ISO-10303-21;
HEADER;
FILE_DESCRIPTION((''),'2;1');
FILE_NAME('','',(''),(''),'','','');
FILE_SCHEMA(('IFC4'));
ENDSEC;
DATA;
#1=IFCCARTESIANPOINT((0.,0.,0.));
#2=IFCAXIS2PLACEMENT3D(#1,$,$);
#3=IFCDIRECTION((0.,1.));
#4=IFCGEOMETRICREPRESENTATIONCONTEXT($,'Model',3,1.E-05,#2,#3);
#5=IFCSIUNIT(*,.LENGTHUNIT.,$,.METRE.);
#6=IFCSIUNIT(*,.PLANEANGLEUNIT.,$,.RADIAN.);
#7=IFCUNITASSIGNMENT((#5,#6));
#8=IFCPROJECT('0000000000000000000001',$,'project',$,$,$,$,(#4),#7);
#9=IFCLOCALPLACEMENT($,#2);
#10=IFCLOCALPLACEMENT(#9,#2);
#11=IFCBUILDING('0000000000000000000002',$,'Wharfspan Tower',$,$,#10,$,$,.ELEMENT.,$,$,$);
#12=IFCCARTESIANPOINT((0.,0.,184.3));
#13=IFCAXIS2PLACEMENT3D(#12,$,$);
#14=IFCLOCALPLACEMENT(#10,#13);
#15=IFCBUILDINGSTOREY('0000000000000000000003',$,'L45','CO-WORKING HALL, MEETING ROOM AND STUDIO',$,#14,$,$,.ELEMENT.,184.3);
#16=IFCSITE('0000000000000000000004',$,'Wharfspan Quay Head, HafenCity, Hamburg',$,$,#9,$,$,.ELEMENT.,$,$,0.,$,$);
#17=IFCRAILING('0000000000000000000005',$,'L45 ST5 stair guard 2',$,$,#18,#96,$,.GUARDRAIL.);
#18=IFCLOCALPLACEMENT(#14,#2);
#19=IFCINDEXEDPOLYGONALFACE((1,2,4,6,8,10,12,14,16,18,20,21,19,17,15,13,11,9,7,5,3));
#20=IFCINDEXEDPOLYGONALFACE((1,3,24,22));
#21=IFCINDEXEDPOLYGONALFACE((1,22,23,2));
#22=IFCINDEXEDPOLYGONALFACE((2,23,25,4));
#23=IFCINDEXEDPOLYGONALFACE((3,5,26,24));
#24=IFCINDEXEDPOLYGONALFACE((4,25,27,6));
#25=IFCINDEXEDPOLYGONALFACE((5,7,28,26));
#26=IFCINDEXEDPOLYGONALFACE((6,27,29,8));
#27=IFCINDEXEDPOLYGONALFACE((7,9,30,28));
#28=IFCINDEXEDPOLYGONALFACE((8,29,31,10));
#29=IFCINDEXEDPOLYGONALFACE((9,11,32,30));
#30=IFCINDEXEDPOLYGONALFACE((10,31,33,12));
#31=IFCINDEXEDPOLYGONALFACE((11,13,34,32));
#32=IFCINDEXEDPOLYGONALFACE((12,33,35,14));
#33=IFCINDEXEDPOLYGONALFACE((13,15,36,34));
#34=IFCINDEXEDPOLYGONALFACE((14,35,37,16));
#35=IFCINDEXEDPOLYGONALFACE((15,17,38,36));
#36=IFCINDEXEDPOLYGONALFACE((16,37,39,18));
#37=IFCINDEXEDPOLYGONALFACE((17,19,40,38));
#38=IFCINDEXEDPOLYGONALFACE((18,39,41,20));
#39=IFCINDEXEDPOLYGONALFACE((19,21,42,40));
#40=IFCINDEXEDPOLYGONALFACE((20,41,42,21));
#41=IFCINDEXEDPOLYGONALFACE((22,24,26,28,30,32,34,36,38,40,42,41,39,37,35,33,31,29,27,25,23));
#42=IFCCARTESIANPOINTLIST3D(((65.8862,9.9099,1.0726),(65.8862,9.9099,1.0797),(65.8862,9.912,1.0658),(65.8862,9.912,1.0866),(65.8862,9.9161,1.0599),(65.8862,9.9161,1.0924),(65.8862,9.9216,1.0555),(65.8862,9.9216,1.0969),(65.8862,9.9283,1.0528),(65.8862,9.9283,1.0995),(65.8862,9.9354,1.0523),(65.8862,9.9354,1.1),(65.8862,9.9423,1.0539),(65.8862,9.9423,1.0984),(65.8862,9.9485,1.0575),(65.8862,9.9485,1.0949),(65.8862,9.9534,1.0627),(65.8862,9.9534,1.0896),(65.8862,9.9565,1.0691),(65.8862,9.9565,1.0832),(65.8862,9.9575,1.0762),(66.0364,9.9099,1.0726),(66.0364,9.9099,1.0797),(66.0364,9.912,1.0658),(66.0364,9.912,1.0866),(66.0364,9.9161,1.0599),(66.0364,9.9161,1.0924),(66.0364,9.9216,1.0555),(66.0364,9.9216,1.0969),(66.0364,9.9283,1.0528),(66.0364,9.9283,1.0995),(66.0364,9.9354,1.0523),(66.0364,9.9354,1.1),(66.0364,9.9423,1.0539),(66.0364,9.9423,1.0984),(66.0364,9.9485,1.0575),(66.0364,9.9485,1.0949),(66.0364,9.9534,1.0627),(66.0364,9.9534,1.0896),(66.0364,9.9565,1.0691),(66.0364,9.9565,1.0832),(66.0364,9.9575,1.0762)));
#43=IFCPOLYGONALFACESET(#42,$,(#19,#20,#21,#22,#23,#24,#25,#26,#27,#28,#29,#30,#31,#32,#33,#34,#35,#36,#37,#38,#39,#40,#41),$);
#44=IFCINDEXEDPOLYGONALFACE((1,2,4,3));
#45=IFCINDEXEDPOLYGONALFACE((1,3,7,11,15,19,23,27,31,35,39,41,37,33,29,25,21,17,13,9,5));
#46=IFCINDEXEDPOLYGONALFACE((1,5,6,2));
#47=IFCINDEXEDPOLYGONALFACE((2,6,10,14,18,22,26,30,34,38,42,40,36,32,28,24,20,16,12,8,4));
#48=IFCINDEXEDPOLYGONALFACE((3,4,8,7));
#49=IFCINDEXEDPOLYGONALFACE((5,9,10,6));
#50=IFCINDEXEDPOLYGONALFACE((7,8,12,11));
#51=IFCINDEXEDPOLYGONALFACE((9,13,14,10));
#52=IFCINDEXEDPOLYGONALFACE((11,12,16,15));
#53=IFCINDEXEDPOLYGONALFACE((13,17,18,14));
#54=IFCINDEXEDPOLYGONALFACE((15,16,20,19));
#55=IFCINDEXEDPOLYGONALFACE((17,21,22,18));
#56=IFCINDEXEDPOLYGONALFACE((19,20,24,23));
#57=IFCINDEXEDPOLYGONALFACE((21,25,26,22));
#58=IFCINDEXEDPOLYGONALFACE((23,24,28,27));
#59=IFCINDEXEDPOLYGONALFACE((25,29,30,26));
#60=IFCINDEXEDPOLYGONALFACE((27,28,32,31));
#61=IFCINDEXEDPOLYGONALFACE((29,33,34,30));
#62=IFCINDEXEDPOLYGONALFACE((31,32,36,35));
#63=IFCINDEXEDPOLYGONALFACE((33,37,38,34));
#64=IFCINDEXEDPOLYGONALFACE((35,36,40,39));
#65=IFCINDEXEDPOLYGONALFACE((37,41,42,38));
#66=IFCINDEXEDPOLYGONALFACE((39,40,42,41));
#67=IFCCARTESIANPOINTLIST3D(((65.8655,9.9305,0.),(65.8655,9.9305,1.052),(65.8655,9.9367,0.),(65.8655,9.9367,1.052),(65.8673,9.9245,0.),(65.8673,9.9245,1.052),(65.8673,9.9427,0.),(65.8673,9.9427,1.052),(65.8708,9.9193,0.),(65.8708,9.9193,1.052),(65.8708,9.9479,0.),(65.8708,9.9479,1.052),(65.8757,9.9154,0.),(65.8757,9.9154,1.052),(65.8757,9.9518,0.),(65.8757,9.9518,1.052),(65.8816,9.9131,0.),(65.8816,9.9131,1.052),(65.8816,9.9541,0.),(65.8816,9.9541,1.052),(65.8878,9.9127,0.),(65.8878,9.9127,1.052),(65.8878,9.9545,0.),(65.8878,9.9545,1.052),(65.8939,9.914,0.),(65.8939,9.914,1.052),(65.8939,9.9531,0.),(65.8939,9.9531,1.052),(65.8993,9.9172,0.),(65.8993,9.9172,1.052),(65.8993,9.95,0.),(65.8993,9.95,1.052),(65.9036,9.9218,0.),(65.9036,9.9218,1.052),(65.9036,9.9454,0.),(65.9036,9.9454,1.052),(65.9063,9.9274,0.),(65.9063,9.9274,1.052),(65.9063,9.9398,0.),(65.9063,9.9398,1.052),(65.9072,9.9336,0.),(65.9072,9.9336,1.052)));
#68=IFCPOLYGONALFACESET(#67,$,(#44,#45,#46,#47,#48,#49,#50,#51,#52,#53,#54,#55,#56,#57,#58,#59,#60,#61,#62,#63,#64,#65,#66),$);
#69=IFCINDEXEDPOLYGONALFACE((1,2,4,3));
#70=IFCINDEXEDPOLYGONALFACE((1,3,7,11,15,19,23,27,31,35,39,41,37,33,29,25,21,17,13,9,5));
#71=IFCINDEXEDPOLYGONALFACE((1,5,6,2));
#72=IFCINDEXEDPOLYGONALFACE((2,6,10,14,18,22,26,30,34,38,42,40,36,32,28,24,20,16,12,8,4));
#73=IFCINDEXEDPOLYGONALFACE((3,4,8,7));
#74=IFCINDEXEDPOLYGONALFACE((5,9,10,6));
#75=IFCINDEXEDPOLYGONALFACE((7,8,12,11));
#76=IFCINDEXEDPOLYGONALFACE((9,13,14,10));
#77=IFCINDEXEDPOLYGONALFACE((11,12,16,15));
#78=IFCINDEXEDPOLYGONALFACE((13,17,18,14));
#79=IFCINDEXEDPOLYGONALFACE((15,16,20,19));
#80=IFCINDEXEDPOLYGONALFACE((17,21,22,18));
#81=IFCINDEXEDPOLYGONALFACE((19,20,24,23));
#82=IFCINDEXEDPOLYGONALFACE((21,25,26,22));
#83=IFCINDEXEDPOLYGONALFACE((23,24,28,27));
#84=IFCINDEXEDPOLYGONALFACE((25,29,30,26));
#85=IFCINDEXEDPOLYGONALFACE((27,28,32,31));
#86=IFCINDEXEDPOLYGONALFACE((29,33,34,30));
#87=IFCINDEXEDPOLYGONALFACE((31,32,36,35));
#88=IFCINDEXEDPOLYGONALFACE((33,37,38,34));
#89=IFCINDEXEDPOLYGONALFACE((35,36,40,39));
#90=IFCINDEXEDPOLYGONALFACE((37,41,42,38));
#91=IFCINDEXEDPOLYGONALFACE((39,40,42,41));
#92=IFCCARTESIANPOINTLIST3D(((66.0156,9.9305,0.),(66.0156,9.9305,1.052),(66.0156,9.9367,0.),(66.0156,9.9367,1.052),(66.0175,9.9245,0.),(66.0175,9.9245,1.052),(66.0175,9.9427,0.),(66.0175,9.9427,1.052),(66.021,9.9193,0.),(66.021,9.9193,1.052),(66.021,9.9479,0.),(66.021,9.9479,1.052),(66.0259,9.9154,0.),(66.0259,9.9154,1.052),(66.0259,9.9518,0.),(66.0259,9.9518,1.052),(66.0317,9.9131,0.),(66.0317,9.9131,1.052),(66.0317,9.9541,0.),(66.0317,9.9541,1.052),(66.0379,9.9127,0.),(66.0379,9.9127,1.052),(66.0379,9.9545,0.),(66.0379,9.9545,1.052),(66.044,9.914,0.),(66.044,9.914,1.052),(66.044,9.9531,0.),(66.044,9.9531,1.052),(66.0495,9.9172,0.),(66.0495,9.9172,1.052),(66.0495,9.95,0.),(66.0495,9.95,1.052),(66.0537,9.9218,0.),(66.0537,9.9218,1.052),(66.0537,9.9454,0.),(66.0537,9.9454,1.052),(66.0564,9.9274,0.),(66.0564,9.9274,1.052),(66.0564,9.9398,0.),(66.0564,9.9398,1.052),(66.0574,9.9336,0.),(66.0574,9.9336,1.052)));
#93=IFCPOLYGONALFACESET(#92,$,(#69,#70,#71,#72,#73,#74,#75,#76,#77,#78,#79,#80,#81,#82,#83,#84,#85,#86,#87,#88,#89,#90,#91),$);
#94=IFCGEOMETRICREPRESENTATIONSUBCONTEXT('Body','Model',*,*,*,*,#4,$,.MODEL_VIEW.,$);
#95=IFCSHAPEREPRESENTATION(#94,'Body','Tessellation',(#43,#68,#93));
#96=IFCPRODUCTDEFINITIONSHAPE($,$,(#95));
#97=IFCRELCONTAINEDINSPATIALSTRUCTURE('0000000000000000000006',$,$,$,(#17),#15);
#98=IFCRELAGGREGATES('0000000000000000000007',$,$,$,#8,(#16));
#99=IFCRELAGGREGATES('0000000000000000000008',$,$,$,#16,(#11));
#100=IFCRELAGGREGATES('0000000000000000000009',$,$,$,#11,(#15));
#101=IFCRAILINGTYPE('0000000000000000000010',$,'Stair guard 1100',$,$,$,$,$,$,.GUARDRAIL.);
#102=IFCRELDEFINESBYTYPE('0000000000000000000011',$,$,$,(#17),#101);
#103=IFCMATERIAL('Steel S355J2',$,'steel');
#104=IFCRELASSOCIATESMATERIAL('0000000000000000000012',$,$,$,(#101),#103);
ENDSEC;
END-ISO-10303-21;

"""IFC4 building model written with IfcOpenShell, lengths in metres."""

from ifc_helpers import new_model, si_unit, direction, frame, origin, origin_2d, place, context, subcontext, project, spatial, circle, extrude, material, type_object, element, save


model = new_model("IFC4")

# Units and contexts
model_context = context("Model", 3, precision=1e-05, world=origin(), true_north=direction((0.0, 1.0)))
body_context = subcontext(model_context, "Body", "Model", "MODEL_VIEW")
ifc_project = project(units=[si_unit("LENGTHUNIT", "METRE"), si_unit("PLANEANGLEUNIT", "RADIAN")], contexts=[model_context])

# Site, building, storey
site_placement = place(None, origin())
site = spatial("IfcSite", under=ifc_project, at=site_placement, Name="Wharfspan Quay Head, HafenCity, Hamburg", CompositionType="ELEMENT", RefElevation=0.0)
building_placement = place(site_placement, origin())
building = spatial("IfcBuilding", under=site, at=building_placement, Name="Wharfspan Tower", CompositionType="ELEMENT")
storey_placement = place(building_placement, frame((0.0, 0.0, 184.3)))
storey = spatial("IfcBuildingStorey", under=building, at=storey_placement, Name="L45", Description="CO-WORKING HALL, MEETING ROOM AND STUDIO", CompositionType="ELEMENT", Elevation=184.3)

# Shared definitions
ifc_material_1 = material(Name="Steel S355J2", Category="steel")

# Railing
railing_type_1 = type_object("IfcRailingType", Name="Stair guard 1100", PredefinedType="GUARDRAIL", material=ifc_material_1)
railing_1_placement = place(storey_placement, frame((65.8862, 9.9336, 0.0)))
element("IfcRailing", 1, at=railing_1_placement, inside=storey, type_object=railing_type_1, Name="L45 ST5 stair guard 2", PredefinedType="GUARDRAIL", context=body_context, shape_type="SweptSolid", body=[
    extrude(circle(Radius=0.0239, at=origin_2d()), frame((0.0, 0.0, 1.0762), z_axis=(1.0, 0.0, 0.0), x_axis=(0.0, 1.0, 0.0)), (0.0, 0.0, 1.0), 0.1501),
    extrude(circle(Radius=0.021, at=origin_2d()), origin(), (0.0, 0.0, 1.0), 1.052),
    extrude(circle(Radius=0.021, at=origin_2d()), frame((0.1501, 0.0, 0.0)), (0.0, 0.0, 1.0), 1.052),
])

save(model, "model.ifc")
